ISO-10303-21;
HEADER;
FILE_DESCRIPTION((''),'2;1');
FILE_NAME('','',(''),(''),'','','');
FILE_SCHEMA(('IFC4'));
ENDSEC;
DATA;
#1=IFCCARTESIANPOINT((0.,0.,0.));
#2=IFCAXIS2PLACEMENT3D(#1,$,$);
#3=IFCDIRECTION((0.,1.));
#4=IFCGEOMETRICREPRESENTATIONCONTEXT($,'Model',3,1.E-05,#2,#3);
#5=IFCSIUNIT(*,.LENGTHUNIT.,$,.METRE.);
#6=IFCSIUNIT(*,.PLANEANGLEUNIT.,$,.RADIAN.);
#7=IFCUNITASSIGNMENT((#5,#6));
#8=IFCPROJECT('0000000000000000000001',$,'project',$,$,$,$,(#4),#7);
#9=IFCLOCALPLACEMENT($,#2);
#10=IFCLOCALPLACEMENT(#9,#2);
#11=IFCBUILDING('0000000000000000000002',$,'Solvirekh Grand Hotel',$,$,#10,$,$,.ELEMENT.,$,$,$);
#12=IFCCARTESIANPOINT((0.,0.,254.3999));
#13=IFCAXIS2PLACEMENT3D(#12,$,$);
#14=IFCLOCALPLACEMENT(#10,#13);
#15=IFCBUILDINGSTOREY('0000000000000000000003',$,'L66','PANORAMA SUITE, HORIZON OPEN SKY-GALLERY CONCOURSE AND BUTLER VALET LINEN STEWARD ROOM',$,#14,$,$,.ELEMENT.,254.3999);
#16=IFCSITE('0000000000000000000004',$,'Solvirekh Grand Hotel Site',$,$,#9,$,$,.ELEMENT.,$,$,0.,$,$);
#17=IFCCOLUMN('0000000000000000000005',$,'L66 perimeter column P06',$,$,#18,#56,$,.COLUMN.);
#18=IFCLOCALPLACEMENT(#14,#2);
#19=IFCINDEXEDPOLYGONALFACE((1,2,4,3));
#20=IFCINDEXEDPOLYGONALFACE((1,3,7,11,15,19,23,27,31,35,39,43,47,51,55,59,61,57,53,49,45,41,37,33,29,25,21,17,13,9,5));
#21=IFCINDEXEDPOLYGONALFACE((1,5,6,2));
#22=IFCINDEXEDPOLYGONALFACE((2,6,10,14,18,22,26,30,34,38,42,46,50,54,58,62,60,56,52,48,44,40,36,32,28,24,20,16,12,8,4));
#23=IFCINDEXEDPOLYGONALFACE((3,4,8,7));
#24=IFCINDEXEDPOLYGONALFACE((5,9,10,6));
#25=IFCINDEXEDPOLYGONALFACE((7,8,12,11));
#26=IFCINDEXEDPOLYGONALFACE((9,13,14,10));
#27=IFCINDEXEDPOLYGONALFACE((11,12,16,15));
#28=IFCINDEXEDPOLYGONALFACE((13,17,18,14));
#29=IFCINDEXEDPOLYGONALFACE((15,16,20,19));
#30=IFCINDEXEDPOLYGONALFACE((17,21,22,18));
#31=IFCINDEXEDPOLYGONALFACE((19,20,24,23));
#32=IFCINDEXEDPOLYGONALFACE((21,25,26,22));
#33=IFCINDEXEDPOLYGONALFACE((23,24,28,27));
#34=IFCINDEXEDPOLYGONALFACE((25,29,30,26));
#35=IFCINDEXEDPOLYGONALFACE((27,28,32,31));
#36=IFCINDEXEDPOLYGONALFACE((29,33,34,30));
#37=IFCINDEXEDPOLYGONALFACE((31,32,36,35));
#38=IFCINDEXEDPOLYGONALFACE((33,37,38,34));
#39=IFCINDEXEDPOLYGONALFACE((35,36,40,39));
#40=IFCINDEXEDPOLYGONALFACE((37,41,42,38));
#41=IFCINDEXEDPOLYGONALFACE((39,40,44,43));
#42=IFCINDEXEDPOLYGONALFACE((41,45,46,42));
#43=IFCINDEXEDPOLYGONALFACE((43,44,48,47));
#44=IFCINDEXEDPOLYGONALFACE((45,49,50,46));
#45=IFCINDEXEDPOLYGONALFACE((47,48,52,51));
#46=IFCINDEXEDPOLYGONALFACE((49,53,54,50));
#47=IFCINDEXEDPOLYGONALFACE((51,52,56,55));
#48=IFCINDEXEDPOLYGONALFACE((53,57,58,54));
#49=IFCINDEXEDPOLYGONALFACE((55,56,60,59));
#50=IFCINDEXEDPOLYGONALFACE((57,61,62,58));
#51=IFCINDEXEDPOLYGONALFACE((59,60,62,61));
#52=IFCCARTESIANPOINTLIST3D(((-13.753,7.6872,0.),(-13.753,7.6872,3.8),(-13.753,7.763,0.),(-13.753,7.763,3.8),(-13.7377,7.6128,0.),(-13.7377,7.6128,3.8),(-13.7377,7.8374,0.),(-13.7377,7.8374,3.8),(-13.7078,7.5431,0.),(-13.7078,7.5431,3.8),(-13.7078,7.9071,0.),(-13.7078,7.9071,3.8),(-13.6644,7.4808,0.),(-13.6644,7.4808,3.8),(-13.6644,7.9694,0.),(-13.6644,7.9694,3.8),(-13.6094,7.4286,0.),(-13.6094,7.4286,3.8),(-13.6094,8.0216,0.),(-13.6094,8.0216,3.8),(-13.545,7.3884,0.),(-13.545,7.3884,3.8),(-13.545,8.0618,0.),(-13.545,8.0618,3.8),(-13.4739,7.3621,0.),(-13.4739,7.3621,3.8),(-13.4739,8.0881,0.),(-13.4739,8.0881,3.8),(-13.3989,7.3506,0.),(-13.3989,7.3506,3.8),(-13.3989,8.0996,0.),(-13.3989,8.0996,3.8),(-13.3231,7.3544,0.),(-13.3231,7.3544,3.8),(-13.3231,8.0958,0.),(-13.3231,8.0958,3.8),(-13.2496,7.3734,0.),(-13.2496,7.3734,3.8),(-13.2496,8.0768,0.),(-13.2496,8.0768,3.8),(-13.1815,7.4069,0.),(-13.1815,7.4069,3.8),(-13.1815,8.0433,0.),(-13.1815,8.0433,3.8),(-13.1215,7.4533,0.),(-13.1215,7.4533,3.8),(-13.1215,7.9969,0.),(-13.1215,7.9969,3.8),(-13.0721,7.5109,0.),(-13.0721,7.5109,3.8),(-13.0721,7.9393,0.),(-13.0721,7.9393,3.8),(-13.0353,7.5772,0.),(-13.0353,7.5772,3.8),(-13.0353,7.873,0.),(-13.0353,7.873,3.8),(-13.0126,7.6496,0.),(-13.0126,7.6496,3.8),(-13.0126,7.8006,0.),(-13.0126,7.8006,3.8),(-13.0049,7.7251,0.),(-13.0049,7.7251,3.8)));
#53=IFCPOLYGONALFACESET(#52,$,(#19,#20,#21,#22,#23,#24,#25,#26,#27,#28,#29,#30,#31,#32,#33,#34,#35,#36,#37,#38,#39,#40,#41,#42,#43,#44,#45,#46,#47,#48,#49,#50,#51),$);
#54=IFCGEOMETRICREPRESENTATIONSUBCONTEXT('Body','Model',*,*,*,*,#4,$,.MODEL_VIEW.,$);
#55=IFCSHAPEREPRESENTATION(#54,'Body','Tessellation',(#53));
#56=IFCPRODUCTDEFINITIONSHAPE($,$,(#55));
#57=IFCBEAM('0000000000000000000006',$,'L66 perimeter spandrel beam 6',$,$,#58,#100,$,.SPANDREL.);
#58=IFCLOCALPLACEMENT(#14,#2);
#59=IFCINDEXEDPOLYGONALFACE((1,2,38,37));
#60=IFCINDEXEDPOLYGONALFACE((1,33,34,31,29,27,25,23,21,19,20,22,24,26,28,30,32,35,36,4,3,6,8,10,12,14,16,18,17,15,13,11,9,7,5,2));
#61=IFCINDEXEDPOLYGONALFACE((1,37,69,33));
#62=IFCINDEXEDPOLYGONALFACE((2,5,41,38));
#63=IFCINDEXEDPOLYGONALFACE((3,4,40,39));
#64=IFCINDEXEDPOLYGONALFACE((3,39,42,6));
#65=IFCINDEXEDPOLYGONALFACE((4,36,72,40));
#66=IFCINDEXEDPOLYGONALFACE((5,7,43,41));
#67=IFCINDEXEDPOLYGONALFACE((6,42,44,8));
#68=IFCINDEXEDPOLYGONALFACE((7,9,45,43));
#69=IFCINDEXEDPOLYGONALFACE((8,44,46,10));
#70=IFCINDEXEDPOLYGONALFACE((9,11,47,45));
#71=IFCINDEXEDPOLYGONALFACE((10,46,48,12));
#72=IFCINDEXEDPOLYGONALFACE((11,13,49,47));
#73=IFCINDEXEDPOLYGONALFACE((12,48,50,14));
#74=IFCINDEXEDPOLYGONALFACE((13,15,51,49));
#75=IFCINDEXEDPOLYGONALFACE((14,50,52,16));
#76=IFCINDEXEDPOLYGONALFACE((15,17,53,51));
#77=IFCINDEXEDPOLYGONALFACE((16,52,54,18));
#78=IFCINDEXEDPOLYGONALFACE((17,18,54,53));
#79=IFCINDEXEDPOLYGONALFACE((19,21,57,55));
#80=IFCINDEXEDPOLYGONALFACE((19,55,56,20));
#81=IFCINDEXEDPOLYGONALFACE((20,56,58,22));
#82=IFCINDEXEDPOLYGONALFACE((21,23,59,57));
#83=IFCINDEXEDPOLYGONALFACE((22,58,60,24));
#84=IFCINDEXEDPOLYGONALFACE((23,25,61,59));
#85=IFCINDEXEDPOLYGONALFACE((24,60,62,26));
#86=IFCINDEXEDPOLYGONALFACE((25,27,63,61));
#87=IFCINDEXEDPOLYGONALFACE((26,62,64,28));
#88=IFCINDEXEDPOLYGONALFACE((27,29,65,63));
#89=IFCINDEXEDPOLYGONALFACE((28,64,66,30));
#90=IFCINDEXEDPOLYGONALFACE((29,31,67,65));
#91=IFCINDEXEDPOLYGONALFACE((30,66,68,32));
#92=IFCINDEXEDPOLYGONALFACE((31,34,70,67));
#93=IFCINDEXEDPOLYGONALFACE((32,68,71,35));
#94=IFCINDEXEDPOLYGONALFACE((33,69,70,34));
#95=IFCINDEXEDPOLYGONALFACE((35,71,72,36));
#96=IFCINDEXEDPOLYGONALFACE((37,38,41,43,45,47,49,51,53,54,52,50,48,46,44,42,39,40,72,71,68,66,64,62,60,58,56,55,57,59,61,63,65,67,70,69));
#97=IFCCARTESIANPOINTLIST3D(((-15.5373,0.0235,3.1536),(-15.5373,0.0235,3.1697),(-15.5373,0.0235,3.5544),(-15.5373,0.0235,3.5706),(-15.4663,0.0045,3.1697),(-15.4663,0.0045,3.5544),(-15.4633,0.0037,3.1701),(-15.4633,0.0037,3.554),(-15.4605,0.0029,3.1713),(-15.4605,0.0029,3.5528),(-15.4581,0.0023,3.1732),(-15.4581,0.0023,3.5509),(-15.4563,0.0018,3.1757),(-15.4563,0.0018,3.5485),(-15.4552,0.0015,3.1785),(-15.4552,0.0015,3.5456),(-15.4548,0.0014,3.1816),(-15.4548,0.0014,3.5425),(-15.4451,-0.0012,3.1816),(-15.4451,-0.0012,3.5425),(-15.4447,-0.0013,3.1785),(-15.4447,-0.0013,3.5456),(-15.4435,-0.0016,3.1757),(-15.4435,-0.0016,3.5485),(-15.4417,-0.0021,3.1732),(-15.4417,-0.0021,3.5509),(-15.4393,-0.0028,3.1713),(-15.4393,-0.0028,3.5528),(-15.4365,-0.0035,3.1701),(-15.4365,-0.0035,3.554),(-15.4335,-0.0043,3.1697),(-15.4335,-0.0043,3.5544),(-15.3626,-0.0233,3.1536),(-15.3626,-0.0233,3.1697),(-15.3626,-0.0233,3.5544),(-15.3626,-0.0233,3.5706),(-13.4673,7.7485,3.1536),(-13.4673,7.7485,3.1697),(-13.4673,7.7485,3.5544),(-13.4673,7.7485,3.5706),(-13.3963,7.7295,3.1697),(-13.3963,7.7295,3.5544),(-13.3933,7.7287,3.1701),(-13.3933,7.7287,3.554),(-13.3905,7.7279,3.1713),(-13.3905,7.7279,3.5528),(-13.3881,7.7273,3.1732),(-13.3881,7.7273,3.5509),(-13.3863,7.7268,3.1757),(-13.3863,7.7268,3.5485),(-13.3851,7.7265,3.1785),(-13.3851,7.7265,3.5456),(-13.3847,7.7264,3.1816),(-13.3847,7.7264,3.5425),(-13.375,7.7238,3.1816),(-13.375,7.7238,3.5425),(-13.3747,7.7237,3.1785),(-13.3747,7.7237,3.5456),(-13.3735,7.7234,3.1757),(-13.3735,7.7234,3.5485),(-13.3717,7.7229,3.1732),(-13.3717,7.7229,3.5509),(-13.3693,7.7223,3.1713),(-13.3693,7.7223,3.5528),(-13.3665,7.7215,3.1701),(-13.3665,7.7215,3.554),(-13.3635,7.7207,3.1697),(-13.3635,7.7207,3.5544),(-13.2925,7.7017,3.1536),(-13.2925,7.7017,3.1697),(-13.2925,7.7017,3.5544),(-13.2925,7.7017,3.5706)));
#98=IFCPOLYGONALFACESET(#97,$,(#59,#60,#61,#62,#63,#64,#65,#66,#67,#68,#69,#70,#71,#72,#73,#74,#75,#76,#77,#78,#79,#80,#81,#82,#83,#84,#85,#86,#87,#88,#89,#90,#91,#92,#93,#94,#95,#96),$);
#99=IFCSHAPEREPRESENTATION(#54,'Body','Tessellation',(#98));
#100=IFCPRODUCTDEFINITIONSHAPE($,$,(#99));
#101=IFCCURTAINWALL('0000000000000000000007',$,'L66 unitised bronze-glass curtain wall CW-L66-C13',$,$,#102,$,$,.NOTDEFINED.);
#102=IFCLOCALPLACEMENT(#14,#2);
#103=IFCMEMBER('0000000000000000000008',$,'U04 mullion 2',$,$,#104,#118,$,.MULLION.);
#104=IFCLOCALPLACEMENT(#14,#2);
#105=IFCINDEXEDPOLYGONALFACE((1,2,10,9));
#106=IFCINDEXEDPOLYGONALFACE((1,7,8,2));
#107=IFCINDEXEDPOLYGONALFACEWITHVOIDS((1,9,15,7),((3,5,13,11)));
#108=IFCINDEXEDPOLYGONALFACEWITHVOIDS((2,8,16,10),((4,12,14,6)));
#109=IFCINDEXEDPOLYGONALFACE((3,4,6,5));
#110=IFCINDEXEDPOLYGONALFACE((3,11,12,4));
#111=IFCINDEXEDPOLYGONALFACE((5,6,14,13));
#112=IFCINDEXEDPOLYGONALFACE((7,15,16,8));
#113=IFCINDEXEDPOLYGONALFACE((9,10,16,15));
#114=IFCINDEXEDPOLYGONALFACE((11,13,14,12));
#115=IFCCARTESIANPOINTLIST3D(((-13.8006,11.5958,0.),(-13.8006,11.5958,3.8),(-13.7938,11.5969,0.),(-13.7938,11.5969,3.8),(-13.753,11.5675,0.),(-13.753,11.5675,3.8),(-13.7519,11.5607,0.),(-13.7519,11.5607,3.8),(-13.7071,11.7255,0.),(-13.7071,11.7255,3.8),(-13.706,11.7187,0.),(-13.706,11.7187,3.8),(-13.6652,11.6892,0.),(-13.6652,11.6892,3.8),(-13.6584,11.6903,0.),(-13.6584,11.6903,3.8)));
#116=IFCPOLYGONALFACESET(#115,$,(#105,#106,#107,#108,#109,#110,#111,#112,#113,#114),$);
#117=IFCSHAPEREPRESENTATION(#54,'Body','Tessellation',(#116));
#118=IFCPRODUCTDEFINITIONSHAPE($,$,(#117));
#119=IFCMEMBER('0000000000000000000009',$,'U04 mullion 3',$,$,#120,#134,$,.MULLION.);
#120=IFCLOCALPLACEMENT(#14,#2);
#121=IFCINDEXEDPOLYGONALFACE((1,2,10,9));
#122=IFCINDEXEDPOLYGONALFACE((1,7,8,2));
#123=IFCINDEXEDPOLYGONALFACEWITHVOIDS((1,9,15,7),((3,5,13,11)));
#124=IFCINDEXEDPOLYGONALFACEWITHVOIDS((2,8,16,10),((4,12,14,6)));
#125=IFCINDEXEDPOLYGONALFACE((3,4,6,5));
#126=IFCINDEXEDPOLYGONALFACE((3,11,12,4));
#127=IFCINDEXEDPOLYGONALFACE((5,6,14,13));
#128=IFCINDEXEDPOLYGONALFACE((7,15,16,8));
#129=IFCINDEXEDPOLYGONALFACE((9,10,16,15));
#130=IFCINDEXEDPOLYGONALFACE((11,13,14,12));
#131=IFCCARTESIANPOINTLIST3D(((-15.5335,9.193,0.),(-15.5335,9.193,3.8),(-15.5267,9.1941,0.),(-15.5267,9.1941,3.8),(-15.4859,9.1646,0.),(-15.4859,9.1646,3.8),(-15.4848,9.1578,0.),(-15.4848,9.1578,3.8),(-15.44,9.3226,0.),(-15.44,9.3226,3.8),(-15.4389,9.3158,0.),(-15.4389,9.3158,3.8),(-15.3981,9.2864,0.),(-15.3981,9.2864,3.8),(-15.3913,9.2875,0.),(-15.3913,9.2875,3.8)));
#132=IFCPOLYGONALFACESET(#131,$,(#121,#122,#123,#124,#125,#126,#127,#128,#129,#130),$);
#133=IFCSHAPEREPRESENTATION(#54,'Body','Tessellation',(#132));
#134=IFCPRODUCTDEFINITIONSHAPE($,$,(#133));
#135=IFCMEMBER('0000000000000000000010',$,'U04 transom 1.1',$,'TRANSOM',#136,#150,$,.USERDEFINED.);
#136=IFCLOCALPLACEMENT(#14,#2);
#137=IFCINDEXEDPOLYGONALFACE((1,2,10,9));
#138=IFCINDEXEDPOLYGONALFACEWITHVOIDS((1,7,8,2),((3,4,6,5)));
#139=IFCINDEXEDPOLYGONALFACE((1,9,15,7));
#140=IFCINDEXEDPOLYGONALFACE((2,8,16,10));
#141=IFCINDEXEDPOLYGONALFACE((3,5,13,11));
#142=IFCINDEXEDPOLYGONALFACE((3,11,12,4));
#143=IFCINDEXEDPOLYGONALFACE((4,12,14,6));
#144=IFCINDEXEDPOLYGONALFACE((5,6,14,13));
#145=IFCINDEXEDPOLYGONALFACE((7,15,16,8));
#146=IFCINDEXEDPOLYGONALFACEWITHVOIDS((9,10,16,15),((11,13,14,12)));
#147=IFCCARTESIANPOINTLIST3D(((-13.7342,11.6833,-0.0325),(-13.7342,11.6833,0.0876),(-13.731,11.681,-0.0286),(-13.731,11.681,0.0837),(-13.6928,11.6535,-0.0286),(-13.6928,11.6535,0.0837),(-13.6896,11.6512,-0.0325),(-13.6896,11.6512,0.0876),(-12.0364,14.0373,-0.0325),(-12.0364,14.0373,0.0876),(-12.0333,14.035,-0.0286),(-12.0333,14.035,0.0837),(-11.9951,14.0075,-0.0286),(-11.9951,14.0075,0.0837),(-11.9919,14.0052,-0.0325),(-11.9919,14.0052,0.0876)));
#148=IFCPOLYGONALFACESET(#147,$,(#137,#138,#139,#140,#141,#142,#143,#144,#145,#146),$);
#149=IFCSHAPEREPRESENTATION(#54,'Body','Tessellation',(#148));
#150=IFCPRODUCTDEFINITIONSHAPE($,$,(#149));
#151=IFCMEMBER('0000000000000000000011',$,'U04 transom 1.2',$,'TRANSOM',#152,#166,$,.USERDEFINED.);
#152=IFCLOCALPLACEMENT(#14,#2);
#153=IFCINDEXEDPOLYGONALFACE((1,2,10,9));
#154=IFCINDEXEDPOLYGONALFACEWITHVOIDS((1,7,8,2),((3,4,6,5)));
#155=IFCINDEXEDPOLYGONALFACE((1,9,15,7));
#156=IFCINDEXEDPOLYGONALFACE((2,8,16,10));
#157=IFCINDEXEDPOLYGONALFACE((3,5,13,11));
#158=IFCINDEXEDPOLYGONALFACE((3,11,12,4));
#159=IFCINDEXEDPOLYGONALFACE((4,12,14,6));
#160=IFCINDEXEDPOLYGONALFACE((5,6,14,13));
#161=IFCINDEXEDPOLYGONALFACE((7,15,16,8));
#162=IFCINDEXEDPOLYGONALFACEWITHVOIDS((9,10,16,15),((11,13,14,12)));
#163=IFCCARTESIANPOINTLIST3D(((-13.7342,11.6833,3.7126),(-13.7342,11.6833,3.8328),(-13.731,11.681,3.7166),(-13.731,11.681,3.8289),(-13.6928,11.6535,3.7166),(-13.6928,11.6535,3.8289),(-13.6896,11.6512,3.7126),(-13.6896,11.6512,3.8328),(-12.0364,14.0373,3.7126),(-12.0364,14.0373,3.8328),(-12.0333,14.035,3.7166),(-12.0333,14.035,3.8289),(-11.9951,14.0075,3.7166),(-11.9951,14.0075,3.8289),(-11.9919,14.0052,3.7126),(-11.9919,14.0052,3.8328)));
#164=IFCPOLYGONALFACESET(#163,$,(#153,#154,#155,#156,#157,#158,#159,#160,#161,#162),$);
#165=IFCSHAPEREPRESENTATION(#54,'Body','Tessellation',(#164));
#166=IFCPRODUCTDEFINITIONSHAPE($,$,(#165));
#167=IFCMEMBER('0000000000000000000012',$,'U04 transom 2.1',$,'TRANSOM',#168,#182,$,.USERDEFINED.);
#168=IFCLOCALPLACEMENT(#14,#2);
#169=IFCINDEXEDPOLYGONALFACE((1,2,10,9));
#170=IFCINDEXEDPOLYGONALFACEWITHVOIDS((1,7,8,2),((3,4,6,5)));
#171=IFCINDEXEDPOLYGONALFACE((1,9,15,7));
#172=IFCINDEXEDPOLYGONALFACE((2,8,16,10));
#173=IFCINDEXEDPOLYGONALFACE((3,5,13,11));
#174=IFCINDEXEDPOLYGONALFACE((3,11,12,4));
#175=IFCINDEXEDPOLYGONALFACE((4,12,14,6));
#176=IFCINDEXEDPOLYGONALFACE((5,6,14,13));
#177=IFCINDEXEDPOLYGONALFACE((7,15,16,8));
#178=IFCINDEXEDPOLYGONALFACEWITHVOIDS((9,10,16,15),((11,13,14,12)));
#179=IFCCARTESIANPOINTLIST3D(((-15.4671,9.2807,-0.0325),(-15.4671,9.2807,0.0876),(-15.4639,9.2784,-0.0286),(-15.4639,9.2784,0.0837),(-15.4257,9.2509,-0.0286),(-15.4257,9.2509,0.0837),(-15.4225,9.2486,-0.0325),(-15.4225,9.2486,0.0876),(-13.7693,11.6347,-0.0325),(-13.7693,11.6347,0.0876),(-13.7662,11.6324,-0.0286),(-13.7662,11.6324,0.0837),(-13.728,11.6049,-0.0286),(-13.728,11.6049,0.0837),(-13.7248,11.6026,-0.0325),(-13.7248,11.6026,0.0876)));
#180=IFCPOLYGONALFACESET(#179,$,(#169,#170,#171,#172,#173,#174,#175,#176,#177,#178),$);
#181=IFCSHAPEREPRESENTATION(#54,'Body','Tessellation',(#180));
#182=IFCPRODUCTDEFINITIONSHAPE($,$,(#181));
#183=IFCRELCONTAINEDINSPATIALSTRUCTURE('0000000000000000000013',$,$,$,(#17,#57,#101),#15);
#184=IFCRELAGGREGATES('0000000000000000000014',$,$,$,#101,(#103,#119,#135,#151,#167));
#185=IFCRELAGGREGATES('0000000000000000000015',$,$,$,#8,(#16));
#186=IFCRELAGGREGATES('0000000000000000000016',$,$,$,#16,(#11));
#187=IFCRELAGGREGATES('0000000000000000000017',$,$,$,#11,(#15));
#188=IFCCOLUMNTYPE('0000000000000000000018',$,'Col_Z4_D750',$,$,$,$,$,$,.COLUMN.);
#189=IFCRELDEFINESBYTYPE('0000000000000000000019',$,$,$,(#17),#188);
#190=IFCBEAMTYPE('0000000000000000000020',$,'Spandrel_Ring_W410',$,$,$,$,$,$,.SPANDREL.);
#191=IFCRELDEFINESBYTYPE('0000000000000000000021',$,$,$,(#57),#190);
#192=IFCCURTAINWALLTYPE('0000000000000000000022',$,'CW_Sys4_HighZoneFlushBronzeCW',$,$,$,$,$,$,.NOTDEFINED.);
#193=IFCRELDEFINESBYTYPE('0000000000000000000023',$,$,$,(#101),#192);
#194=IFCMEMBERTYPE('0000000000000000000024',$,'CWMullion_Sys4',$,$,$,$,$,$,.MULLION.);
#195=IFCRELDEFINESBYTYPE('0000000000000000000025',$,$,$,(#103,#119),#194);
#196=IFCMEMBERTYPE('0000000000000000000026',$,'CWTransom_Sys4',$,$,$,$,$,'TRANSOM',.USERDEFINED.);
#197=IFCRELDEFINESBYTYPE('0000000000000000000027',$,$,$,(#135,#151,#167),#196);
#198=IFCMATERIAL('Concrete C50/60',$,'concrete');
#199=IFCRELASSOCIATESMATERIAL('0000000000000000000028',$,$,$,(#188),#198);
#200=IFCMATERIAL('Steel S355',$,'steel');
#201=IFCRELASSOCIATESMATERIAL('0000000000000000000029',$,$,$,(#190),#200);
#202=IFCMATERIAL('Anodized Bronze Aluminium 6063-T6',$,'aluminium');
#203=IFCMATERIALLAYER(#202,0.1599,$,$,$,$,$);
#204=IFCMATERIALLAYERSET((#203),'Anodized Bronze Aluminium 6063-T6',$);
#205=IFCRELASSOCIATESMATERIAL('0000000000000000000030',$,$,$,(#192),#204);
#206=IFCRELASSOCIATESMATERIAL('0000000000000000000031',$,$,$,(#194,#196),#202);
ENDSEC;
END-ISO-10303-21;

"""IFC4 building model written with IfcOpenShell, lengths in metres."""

from ifc_helpers import new_model, si_unit, direction, frame, origin, origin_2d, place, context, subcontext, project, spatial, hollow_rectangle, circle, i_section, extrude, source, transform, mapped, material, layer, layer_set, material_profile, profile_set, type_object, element, aggregate, save


model = new_model("IFC4")

# Units and contexts
model_context = context("Model", 3, precision=1e-05, world=origin(), true_north=direction((0.0, 1.0)))
body_context = subcontext(model_context, "Body", "Model", "MODEL_VIEW")
ifc_project = project(units=[si_unit("LENGTHUNIT", "METRE"), si_unit("PLANEANGLEUNIT", "RADIAN")], contexts=[model_context])

# Site, building, storey
site_placement = place(None, origin())
site = spatial("IfcSite", under=ifc_project, at=site_placement, Name="Solvirekh Grand Hotel Site", CompositionType="ELEMENT", RefElevation=0.0)
building_placement = place(site_placement, origin())
building = spatial("IfcBuilding", under=site, at=building_placement, Name="Solvirekh Grand Hotel", CompositionType="ELEMENT")
storey_placement = place(building_placement, frame((0.0, 0.0, 254.3999)))
storey = spatial("IfcBuildingStorey", under=building, at=storey_placement, Name="L66", Description="PANORAMA SUITE, HORIZON OPEN SKY-GALLERY CONCOURSE AND BUTLER VALET LINEN STEWARD ROOM", CompositionType="ELEMENT", Elevation=254.3999)

# Column
ifc_material_1 = material(Name="Concrete C50/60", Category="concrete")
ifc_material_profile_1 = material_profile(ifc_material_1, circle(Radius=0.375, at=origin_2d()), Name="RC CIRC D750")
ifc_profile_set_1 = profile_set([ifc_material_profile_1], Name="Concrete C50/60")
column_type = type_object("IfcColumnType", Name="Col_Z4_D750", PredefinedType="COLUMN", material=ifc_profile_set_1)
column_placement = place(storey_placement, frame((-13.3799, 7.7251, 0.0), z_axis=(0.0, 0.0, 1.0), x_axis=(1.0, 0.0, 0.0)))
element("IfcColumn", 1, at=column_placement, inside=storey, type_object=column_type, Name="L66 perimeter column P06", PredefinedType="COLUMN", context=body_context, shape_type="SweptSolid", body=[
    extrude(circle(Radius=0.375, at=origin_2d()), origin(), (0.0, 0.0, 1.0), 3.8),
])

# Beam
ifc_material_2 = material(Name="Steel S355", Category="steel")
ifc_material_profile_2 = material_profile(ifc_material_2, i_section(OverallWidth=0.1809, OverallDepth=0.417, WebThickness=0.01, FlangeThickness=0.0161, FilletRadius=0.012, at=origin_2d()), Name="W410X85")
ifc_profile_set_2 = profile_set([ifc_material_profile_2], Name="Steel S355")
beam_type = type_object("IfcBeamType", Name="Spandrel_Ring_W410", PredefinedType="SPANDREL", material=ifc_profile_set_2)
beam_placement = place(storey_placement, frame((-13.3799, 7.7251, 3.3621), z_axis=(-0.258835, -0.965922, 0.0), x_axis=(0.965922, -0.258835, 0.0)))
element("IfcBeam", 2, at=beam_placement, inside=storey, type_object=beam_type, Name="L66 perimeter spandrel beam 6", PredefinedType="SPANDREL", context=body_context, shape_type="SweptSolid", body=[
    extrude(i_section(OverallWidth=0.1809, OverallDepth=0.417, WebThickness=0.01, FlangeThickness=0.0161, FilletRadius=0.012, at=origin_2d()), origin(), (0.0, 0.0, 1.0), 7.9976),
])

# Curtain wall, members
ifc_material_3 = material(Name="Anodized Bronze Aluminium 6063-T6", Category="aluminium")
ifc_layer_1 = layer(ifc_material_3, 0.1599)
ifc_layer_set_1 = layer_set([ifc_layer_1], Name="Anodized Bronze Aluminium 6063-T6")
curtain_wall_type = type_object("IfcCurtainWallType", Name="CW_Sys4_HighZoneFlushBronzeCW", PredefinedType="NOTDEFINED", material=ifc_layer_set_1)
curtain_wall_placement = place(storey_placement, origin())
curtain_wall = element("IfcCurtainWall", 3, at=curtain_wall_placement, inside=storey, type_object=curtain_wall_type, Name="L66 unitised bronze-glass curtain wall CW-L66-C13", PredefinedType="NOTDEFINED")
ifc_material_profile_3 = material_profile(ifc_material_3, hollow_rectangle(XDim=0.0601, YDim=0.1599, WallThickness=0.0049, at=origin_2d()), Name="ALU RHS 160X60X5")
ifc_profile_set_3 = profile_set([ifc_material_profile_3], Name="Anodized Bronze Aluminium 6063-T6")
member_type_1 = type_object("IfcMemberType", Name="CWMullion_Sys4", PredefinedType="MULLION", material=ifc_profile_set_3)
shared_shape_1 = source(origin(), body_context, "Body", "SweptSolid", [
    extrude(hollow_rectangle(XDim=0.0601, YDim=0.1599, WallThickness=0.0049, at=origin_2d()), origin(), (0.0, 0.0, 1.0), 3.8),
])
member_1_placement = place(storey_placement, frame((-13.7295, 11.6431, 0.0), z_axis=(0.0, 0.0, 1.0), x_axis=(0.811049, -0.584978, 0.0)))
member_1 = element("IfcMember", 4, at=member_1_placement, type_object=member_type_1, Name="U04 mullion 2", PredefinedType="MULLION", context=body_context, shape_type="MappedRepresentation", body=[
    mapped(shared_shape_1, transform((0.0, 0.0, 0.0), x_axis=(1.0, 0.0, 0.0), y_axis=(0.0, 1.0, 0.0), z_axis=(0.0, 0.0, 1.0), scale=1.0)),
])
member_2_placement = place(storey_placement, frame((-15.4624, 9.2402, 0.0), z_axis=(0.0, 0.0, 1.0), x_axis=(0.811049, -0.584978, 0.0)))
member_2 = element("IfcMember", 5, at=member_2_placement, type_object=member_type_1, Name="U04 mullion 3", PredefinedType="MULLION", context=body_context, shape_type="MappedRepresentation", body=[
    mapped(shared_shape_1, transform((0.0, 0.0, 0.0), x_axis=(1.0, 0.0, 0.0), y_axis=(0.0, 1.0, 0.0), z_axis=(0.0, 0.0, 1.0), scale=1.0)),
])
ifc_material_profile_4 = material_profile(ifc_material_3, hollow_rectangle(XDim=0.0549, YDim=0.1201, WallThickness=0.0039, at=origin_2d()), Name="ALU RHS 120X55X4")
ifc_profile_set_4 = profile_set([ifc_material_profile_4], Name="Anodized Bronze Aluminium 6063-T6")
member_type_2 = type_object("IfcMemberType", Name="CWTransom_Sys4", ElementType="TRANSOM", PredefinedType="USERDEFINED", material=ifc_profile_set_4)
shared_shape_2 = source(origin(), body_context, "Body", "SweptSolid", [
    extrude(hollow_rectangle(XDim=0.0549, YDim=0.1201, WallThickness=0.0039, at=origin_2d()), origin(), (0.0, 0.0, 1.0), 2.9023),
])
member_3_placement = place(storey_placement, frame((-12.0142, 14.0212, 0.0276), z_axis=(-0.584956, -0.811065, 0.0), x_axis=(0.811065, -0.584956, 0.0)))
member_3 = element("IfcMember", 6, at=member_3_placement, type_object=member_type_2, Name="U04 transom 1.1", ObjectType="TRANSOM", PredefinedType="USERDEFINED", context=body_context, shape_type="MappedRepresentation", body=[
    mapped(shared_shape_2, transform((0.0, 0.0, 0.0), x_axis=(1.0, 0.0, 0.0), y_axis=(0.0, 1.0, 0.0), z_axis=(0.0, 0.0, 1.0), scale=1.0)),
])
member_4_placement = place(storey_placement, frame((-12.0142, 14.0212, 3.7727), z_axis=(-0.584956, -0.811065, 0.0), x_axis=(0.811065, -0.584956, 0.0)))
member_4 = element("IfcMember", 7, at=member_4_placement, type_object=member_type_2, Name="U04 transom 1.2", ObjectType="TRANSOM", PredefinedType="USERDEFINED", context=body_context, shape_type="MappedRepresentation", body=[
    mapped(shared_shape_2, transform((0.0, 0.0, 0.0), x_axis=(1.0, 0.0, 0.0), y_axis=(0.0, 1.0, 0.0), z_axis=(0.0, 0.0, 1.0), scale=1.0)),
])
member_5_placement = place(storey_placement, frame((-13.7471, 11.6187, 0.0276), z_axis=(-0.584956, -0.811065, 0.0), x_axis=(0.811065, -0.584956, 0.0)))
member_5 = element("IfcMember", 8, at=member_5_placement, type_object=member_type_2, Name="U04 transom 2.1", ObjectType="TRANSOM", PredefinedType="USERDEFINED", context=body_context, shape_type="MappedRepresentation", body=[
    mapped(shared_shape_2, transform((0.0, 0.0, 0.0), x_axis=(1.0, 0.0, 0.0), y_axis=(0.0, 1.0, 0.0), z_axis=(0.0, 0.0, 1.0), scale=1.0)),
])
aggregate(curtain_wall, [member_1, member_2, member_3, member_4, member_5])

save(model, "model.ifc")
